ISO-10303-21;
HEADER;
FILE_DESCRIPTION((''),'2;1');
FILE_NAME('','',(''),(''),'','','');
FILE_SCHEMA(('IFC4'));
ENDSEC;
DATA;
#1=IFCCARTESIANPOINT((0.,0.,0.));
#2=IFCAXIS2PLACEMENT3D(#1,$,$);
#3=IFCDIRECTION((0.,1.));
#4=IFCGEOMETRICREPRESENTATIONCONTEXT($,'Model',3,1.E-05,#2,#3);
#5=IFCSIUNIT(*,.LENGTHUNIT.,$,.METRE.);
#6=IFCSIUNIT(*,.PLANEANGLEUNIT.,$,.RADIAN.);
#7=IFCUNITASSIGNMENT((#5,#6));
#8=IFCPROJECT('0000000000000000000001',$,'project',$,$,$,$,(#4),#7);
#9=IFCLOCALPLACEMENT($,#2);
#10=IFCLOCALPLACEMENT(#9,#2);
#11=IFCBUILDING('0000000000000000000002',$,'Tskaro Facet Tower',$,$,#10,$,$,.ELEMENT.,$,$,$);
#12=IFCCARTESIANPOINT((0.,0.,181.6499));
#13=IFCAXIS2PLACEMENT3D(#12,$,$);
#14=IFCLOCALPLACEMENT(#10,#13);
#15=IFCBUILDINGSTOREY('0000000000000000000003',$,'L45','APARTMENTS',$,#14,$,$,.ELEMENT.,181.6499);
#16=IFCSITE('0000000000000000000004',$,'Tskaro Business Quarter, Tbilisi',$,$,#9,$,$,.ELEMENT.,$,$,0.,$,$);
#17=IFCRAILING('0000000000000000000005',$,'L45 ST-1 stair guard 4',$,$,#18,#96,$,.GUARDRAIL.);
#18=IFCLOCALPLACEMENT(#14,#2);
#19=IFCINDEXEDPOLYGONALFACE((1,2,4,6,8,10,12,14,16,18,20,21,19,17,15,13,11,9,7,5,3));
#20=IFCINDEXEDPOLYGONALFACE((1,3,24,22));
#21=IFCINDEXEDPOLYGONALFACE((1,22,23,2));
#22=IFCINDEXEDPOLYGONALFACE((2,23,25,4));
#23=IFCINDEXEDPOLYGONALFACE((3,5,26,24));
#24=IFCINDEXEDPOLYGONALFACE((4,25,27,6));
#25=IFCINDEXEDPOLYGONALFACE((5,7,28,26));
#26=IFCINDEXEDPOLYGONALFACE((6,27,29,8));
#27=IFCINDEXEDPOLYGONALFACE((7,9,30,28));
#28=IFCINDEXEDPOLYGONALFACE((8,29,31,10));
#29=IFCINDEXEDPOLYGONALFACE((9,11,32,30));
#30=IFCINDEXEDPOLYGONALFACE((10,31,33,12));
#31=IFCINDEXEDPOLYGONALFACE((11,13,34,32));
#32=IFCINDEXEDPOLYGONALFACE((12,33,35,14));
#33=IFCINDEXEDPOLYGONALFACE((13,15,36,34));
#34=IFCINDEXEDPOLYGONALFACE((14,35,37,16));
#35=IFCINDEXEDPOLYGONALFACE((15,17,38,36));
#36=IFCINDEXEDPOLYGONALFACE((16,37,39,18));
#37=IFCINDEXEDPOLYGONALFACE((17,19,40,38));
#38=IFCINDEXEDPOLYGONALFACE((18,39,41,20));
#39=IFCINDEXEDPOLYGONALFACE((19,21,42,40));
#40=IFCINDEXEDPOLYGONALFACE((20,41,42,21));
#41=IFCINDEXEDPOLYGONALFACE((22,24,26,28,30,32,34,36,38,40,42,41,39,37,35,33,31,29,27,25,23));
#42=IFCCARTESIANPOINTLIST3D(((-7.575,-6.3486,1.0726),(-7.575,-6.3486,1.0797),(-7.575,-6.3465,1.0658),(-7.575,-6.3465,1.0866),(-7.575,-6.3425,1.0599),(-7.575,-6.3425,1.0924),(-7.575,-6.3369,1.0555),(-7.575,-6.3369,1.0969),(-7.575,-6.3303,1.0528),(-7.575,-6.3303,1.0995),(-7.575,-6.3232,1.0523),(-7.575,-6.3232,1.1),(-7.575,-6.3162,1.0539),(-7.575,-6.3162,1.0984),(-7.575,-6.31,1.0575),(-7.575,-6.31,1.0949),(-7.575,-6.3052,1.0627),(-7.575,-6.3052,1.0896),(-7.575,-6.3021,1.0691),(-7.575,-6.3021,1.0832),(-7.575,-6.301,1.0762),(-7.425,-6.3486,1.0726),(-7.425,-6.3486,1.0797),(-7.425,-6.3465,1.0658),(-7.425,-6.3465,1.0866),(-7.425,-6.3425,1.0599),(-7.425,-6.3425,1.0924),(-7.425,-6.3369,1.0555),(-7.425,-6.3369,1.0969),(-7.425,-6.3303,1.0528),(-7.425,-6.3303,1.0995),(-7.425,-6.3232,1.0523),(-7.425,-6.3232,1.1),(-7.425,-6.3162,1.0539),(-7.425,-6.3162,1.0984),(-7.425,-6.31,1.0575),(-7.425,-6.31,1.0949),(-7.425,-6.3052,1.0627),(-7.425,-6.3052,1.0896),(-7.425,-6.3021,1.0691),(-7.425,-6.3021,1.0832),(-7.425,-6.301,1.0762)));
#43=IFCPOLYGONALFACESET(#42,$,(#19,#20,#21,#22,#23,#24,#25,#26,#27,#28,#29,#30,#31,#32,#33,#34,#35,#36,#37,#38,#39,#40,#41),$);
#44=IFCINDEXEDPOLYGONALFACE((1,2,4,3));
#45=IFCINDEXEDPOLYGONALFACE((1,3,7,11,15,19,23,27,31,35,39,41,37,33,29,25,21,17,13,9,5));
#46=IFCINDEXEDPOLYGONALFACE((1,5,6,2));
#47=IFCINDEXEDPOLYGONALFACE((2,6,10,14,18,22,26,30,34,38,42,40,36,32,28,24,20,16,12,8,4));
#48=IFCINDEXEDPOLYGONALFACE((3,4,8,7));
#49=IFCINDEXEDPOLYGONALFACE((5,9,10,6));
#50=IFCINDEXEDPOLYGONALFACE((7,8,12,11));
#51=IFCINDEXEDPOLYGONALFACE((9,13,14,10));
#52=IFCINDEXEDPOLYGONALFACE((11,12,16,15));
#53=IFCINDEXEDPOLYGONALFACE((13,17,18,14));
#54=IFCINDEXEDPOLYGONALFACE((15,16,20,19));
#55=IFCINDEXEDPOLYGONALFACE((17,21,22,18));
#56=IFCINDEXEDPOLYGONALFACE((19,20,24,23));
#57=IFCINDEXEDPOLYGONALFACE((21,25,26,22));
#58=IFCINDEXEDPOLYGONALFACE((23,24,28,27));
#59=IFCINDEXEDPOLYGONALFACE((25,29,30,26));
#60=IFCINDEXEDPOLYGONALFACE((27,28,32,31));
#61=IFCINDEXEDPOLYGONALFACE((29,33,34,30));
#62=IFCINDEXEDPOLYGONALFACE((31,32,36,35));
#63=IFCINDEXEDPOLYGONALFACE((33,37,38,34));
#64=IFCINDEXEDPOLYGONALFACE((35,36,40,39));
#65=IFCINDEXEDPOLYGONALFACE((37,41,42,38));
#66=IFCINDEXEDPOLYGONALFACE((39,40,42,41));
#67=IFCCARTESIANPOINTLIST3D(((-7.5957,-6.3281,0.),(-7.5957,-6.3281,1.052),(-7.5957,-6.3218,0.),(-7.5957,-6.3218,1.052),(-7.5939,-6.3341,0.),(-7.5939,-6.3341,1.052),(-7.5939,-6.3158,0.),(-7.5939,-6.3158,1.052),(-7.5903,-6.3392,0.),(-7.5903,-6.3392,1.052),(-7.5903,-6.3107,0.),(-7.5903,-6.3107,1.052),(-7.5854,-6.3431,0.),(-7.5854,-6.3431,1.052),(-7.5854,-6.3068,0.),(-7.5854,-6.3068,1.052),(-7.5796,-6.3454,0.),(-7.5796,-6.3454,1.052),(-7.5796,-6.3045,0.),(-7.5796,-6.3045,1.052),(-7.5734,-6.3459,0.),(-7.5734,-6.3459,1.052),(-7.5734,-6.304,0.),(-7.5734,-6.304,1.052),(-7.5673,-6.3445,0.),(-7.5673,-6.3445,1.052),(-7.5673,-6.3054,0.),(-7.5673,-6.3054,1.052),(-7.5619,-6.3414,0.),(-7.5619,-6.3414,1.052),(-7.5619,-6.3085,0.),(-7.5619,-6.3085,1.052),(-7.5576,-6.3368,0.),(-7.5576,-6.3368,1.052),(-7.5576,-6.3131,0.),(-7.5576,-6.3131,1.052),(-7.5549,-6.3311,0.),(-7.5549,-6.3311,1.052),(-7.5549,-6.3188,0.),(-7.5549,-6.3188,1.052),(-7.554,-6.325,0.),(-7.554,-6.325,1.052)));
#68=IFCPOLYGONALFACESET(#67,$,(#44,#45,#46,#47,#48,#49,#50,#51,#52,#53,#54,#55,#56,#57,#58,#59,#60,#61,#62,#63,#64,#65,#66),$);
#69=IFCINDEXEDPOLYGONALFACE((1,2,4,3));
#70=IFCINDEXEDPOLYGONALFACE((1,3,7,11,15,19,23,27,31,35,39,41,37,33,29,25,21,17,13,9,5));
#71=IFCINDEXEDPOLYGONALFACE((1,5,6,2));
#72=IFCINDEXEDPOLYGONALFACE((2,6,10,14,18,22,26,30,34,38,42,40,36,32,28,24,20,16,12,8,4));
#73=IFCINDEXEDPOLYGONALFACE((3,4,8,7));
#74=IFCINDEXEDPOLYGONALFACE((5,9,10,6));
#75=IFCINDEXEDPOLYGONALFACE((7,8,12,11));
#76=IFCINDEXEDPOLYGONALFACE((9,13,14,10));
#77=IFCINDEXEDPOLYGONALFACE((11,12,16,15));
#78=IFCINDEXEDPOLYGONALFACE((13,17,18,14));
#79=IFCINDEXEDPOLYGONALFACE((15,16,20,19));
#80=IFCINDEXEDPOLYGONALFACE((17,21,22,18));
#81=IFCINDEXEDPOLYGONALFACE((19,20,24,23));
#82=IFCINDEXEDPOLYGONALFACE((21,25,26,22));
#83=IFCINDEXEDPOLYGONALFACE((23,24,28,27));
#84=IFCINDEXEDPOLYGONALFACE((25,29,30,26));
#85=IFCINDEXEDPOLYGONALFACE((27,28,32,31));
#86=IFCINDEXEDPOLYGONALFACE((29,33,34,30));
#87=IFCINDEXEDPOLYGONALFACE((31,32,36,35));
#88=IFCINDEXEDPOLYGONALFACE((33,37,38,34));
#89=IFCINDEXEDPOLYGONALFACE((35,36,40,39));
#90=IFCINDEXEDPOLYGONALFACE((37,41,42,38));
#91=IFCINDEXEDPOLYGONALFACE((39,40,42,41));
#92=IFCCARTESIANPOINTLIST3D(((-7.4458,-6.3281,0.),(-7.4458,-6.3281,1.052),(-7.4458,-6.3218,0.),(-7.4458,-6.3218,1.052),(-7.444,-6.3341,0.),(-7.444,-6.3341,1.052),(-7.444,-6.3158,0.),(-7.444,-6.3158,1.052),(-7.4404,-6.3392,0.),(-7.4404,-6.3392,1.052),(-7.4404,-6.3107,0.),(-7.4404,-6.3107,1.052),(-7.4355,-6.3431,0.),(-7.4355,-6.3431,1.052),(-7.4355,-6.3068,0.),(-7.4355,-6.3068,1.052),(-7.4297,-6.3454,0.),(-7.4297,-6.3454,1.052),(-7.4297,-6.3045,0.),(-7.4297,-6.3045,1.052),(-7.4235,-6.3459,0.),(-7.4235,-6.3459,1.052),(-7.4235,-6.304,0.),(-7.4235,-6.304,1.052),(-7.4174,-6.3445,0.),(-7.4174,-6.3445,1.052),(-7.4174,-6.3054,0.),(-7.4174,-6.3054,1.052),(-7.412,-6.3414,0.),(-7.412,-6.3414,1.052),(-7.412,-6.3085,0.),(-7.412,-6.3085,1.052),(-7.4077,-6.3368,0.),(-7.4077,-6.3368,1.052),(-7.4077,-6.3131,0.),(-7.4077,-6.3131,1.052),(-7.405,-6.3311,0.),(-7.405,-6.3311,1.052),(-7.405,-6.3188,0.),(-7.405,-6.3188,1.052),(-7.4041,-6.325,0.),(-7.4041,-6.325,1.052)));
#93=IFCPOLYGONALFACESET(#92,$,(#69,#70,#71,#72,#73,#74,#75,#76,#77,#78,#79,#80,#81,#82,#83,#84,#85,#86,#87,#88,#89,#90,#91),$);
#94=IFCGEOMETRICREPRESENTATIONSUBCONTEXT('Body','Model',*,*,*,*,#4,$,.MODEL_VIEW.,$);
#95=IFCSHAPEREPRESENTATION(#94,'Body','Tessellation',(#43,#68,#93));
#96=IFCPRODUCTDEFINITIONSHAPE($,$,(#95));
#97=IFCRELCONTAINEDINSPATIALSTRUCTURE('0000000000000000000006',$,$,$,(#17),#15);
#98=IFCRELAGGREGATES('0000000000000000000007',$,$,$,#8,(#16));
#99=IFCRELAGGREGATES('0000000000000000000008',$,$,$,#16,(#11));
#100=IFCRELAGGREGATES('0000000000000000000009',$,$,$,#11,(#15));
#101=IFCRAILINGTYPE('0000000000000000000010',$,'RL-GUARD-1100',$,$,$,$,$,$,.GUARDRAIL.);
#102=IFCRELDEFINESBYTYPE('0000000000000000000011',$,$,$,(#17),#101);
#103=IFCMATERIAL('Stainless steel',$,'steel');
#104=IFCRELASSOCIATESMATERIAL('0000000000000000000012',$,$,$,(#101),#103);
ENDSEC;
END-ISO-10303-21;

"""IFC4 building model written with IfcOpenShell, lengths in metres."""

from ifc_helpers import new_model, si_unit, direction, frame, origin, origin_2d, place, context, subcontext, project, spatial, circle, extrude, material, type_object, element, save


model = new_model("IFC4")

# Units and contexts
model_context = context("Model", 3, precision=1e-05, world=origin(), true_north=direction((0.0, 1.0)))
body_context = subcontext(model_context, "Body", "Model", "MODEL_VIEW")
ifc_project = project(units=[si_unit("LENGTHUNIT", "METRE"), si_unit("PLANEANGLEUNIT", "RADIAN")], contexts=[model_context])

# Site, building, storey
site_placement = place(None, origin())
site = spatial("IfcSite", under=ifc_project, at=site_placement, Name="Tskaro Business Quarter, Tbilisi", CompositionType="ELEMENT", RefElevation=0.0)
building_placement = place(site_placement, origin())
building = spatial("IfcBuilding", under=site, at=building_placement, Name="Tskaro Facet Tower", CompositionType="ELEMENT")
storey_placement = place(building_placement, frame((0.0, 0.0, 181.6499)))
storey = spatial("IfcBuildingStorey", under=building, at=storey_placement, Name="L45", Description="APARTMENTS", CompositionType="ELEMENT", Elevation=181.6499)

# Shared definitions
ifc_material_1 = material(Name="Stainless steel", Category="steel")

# Railing
railing_type_1 = type_object("IfcRailingType", Name="RL-GUARD-1100", PredefinedType="GUARDRAIL", material=ifc_material_1)
railing_1_placement = place(storey_placement, frame((-7.575, -6.325, 0.0)))
element("IfcRailing", 1, at=railing_1_placement, inside=storey, type_object=railing_type_1, Name="L45 ST-1 stair guard 4", PredefinedType="GUARDRAIL", context=body_context, shape_type="SweptSolid", body=[
    extrude(circle(Radius=0.0239, at=origin_2d()), frame((0.0, 0.0, 1.0762), z_axis=(1.0, 0.0, 0.0), x_axis=(0.0, 1.0, 0.0)), (0.0, 0.0, 1.0), 0.1499),
    extrude(circle(Radius=0.021, at=origin_2d()), origin(), (0.0, 0.0, 1.0), 1.052),
    extrude(circle(Radius=0.021, at=origin_2d()), frame((0.1499, 0.0, 0.0)), (0.0, 0.0, 1.0), 1.052),
])

save(model, "model.ifc")
